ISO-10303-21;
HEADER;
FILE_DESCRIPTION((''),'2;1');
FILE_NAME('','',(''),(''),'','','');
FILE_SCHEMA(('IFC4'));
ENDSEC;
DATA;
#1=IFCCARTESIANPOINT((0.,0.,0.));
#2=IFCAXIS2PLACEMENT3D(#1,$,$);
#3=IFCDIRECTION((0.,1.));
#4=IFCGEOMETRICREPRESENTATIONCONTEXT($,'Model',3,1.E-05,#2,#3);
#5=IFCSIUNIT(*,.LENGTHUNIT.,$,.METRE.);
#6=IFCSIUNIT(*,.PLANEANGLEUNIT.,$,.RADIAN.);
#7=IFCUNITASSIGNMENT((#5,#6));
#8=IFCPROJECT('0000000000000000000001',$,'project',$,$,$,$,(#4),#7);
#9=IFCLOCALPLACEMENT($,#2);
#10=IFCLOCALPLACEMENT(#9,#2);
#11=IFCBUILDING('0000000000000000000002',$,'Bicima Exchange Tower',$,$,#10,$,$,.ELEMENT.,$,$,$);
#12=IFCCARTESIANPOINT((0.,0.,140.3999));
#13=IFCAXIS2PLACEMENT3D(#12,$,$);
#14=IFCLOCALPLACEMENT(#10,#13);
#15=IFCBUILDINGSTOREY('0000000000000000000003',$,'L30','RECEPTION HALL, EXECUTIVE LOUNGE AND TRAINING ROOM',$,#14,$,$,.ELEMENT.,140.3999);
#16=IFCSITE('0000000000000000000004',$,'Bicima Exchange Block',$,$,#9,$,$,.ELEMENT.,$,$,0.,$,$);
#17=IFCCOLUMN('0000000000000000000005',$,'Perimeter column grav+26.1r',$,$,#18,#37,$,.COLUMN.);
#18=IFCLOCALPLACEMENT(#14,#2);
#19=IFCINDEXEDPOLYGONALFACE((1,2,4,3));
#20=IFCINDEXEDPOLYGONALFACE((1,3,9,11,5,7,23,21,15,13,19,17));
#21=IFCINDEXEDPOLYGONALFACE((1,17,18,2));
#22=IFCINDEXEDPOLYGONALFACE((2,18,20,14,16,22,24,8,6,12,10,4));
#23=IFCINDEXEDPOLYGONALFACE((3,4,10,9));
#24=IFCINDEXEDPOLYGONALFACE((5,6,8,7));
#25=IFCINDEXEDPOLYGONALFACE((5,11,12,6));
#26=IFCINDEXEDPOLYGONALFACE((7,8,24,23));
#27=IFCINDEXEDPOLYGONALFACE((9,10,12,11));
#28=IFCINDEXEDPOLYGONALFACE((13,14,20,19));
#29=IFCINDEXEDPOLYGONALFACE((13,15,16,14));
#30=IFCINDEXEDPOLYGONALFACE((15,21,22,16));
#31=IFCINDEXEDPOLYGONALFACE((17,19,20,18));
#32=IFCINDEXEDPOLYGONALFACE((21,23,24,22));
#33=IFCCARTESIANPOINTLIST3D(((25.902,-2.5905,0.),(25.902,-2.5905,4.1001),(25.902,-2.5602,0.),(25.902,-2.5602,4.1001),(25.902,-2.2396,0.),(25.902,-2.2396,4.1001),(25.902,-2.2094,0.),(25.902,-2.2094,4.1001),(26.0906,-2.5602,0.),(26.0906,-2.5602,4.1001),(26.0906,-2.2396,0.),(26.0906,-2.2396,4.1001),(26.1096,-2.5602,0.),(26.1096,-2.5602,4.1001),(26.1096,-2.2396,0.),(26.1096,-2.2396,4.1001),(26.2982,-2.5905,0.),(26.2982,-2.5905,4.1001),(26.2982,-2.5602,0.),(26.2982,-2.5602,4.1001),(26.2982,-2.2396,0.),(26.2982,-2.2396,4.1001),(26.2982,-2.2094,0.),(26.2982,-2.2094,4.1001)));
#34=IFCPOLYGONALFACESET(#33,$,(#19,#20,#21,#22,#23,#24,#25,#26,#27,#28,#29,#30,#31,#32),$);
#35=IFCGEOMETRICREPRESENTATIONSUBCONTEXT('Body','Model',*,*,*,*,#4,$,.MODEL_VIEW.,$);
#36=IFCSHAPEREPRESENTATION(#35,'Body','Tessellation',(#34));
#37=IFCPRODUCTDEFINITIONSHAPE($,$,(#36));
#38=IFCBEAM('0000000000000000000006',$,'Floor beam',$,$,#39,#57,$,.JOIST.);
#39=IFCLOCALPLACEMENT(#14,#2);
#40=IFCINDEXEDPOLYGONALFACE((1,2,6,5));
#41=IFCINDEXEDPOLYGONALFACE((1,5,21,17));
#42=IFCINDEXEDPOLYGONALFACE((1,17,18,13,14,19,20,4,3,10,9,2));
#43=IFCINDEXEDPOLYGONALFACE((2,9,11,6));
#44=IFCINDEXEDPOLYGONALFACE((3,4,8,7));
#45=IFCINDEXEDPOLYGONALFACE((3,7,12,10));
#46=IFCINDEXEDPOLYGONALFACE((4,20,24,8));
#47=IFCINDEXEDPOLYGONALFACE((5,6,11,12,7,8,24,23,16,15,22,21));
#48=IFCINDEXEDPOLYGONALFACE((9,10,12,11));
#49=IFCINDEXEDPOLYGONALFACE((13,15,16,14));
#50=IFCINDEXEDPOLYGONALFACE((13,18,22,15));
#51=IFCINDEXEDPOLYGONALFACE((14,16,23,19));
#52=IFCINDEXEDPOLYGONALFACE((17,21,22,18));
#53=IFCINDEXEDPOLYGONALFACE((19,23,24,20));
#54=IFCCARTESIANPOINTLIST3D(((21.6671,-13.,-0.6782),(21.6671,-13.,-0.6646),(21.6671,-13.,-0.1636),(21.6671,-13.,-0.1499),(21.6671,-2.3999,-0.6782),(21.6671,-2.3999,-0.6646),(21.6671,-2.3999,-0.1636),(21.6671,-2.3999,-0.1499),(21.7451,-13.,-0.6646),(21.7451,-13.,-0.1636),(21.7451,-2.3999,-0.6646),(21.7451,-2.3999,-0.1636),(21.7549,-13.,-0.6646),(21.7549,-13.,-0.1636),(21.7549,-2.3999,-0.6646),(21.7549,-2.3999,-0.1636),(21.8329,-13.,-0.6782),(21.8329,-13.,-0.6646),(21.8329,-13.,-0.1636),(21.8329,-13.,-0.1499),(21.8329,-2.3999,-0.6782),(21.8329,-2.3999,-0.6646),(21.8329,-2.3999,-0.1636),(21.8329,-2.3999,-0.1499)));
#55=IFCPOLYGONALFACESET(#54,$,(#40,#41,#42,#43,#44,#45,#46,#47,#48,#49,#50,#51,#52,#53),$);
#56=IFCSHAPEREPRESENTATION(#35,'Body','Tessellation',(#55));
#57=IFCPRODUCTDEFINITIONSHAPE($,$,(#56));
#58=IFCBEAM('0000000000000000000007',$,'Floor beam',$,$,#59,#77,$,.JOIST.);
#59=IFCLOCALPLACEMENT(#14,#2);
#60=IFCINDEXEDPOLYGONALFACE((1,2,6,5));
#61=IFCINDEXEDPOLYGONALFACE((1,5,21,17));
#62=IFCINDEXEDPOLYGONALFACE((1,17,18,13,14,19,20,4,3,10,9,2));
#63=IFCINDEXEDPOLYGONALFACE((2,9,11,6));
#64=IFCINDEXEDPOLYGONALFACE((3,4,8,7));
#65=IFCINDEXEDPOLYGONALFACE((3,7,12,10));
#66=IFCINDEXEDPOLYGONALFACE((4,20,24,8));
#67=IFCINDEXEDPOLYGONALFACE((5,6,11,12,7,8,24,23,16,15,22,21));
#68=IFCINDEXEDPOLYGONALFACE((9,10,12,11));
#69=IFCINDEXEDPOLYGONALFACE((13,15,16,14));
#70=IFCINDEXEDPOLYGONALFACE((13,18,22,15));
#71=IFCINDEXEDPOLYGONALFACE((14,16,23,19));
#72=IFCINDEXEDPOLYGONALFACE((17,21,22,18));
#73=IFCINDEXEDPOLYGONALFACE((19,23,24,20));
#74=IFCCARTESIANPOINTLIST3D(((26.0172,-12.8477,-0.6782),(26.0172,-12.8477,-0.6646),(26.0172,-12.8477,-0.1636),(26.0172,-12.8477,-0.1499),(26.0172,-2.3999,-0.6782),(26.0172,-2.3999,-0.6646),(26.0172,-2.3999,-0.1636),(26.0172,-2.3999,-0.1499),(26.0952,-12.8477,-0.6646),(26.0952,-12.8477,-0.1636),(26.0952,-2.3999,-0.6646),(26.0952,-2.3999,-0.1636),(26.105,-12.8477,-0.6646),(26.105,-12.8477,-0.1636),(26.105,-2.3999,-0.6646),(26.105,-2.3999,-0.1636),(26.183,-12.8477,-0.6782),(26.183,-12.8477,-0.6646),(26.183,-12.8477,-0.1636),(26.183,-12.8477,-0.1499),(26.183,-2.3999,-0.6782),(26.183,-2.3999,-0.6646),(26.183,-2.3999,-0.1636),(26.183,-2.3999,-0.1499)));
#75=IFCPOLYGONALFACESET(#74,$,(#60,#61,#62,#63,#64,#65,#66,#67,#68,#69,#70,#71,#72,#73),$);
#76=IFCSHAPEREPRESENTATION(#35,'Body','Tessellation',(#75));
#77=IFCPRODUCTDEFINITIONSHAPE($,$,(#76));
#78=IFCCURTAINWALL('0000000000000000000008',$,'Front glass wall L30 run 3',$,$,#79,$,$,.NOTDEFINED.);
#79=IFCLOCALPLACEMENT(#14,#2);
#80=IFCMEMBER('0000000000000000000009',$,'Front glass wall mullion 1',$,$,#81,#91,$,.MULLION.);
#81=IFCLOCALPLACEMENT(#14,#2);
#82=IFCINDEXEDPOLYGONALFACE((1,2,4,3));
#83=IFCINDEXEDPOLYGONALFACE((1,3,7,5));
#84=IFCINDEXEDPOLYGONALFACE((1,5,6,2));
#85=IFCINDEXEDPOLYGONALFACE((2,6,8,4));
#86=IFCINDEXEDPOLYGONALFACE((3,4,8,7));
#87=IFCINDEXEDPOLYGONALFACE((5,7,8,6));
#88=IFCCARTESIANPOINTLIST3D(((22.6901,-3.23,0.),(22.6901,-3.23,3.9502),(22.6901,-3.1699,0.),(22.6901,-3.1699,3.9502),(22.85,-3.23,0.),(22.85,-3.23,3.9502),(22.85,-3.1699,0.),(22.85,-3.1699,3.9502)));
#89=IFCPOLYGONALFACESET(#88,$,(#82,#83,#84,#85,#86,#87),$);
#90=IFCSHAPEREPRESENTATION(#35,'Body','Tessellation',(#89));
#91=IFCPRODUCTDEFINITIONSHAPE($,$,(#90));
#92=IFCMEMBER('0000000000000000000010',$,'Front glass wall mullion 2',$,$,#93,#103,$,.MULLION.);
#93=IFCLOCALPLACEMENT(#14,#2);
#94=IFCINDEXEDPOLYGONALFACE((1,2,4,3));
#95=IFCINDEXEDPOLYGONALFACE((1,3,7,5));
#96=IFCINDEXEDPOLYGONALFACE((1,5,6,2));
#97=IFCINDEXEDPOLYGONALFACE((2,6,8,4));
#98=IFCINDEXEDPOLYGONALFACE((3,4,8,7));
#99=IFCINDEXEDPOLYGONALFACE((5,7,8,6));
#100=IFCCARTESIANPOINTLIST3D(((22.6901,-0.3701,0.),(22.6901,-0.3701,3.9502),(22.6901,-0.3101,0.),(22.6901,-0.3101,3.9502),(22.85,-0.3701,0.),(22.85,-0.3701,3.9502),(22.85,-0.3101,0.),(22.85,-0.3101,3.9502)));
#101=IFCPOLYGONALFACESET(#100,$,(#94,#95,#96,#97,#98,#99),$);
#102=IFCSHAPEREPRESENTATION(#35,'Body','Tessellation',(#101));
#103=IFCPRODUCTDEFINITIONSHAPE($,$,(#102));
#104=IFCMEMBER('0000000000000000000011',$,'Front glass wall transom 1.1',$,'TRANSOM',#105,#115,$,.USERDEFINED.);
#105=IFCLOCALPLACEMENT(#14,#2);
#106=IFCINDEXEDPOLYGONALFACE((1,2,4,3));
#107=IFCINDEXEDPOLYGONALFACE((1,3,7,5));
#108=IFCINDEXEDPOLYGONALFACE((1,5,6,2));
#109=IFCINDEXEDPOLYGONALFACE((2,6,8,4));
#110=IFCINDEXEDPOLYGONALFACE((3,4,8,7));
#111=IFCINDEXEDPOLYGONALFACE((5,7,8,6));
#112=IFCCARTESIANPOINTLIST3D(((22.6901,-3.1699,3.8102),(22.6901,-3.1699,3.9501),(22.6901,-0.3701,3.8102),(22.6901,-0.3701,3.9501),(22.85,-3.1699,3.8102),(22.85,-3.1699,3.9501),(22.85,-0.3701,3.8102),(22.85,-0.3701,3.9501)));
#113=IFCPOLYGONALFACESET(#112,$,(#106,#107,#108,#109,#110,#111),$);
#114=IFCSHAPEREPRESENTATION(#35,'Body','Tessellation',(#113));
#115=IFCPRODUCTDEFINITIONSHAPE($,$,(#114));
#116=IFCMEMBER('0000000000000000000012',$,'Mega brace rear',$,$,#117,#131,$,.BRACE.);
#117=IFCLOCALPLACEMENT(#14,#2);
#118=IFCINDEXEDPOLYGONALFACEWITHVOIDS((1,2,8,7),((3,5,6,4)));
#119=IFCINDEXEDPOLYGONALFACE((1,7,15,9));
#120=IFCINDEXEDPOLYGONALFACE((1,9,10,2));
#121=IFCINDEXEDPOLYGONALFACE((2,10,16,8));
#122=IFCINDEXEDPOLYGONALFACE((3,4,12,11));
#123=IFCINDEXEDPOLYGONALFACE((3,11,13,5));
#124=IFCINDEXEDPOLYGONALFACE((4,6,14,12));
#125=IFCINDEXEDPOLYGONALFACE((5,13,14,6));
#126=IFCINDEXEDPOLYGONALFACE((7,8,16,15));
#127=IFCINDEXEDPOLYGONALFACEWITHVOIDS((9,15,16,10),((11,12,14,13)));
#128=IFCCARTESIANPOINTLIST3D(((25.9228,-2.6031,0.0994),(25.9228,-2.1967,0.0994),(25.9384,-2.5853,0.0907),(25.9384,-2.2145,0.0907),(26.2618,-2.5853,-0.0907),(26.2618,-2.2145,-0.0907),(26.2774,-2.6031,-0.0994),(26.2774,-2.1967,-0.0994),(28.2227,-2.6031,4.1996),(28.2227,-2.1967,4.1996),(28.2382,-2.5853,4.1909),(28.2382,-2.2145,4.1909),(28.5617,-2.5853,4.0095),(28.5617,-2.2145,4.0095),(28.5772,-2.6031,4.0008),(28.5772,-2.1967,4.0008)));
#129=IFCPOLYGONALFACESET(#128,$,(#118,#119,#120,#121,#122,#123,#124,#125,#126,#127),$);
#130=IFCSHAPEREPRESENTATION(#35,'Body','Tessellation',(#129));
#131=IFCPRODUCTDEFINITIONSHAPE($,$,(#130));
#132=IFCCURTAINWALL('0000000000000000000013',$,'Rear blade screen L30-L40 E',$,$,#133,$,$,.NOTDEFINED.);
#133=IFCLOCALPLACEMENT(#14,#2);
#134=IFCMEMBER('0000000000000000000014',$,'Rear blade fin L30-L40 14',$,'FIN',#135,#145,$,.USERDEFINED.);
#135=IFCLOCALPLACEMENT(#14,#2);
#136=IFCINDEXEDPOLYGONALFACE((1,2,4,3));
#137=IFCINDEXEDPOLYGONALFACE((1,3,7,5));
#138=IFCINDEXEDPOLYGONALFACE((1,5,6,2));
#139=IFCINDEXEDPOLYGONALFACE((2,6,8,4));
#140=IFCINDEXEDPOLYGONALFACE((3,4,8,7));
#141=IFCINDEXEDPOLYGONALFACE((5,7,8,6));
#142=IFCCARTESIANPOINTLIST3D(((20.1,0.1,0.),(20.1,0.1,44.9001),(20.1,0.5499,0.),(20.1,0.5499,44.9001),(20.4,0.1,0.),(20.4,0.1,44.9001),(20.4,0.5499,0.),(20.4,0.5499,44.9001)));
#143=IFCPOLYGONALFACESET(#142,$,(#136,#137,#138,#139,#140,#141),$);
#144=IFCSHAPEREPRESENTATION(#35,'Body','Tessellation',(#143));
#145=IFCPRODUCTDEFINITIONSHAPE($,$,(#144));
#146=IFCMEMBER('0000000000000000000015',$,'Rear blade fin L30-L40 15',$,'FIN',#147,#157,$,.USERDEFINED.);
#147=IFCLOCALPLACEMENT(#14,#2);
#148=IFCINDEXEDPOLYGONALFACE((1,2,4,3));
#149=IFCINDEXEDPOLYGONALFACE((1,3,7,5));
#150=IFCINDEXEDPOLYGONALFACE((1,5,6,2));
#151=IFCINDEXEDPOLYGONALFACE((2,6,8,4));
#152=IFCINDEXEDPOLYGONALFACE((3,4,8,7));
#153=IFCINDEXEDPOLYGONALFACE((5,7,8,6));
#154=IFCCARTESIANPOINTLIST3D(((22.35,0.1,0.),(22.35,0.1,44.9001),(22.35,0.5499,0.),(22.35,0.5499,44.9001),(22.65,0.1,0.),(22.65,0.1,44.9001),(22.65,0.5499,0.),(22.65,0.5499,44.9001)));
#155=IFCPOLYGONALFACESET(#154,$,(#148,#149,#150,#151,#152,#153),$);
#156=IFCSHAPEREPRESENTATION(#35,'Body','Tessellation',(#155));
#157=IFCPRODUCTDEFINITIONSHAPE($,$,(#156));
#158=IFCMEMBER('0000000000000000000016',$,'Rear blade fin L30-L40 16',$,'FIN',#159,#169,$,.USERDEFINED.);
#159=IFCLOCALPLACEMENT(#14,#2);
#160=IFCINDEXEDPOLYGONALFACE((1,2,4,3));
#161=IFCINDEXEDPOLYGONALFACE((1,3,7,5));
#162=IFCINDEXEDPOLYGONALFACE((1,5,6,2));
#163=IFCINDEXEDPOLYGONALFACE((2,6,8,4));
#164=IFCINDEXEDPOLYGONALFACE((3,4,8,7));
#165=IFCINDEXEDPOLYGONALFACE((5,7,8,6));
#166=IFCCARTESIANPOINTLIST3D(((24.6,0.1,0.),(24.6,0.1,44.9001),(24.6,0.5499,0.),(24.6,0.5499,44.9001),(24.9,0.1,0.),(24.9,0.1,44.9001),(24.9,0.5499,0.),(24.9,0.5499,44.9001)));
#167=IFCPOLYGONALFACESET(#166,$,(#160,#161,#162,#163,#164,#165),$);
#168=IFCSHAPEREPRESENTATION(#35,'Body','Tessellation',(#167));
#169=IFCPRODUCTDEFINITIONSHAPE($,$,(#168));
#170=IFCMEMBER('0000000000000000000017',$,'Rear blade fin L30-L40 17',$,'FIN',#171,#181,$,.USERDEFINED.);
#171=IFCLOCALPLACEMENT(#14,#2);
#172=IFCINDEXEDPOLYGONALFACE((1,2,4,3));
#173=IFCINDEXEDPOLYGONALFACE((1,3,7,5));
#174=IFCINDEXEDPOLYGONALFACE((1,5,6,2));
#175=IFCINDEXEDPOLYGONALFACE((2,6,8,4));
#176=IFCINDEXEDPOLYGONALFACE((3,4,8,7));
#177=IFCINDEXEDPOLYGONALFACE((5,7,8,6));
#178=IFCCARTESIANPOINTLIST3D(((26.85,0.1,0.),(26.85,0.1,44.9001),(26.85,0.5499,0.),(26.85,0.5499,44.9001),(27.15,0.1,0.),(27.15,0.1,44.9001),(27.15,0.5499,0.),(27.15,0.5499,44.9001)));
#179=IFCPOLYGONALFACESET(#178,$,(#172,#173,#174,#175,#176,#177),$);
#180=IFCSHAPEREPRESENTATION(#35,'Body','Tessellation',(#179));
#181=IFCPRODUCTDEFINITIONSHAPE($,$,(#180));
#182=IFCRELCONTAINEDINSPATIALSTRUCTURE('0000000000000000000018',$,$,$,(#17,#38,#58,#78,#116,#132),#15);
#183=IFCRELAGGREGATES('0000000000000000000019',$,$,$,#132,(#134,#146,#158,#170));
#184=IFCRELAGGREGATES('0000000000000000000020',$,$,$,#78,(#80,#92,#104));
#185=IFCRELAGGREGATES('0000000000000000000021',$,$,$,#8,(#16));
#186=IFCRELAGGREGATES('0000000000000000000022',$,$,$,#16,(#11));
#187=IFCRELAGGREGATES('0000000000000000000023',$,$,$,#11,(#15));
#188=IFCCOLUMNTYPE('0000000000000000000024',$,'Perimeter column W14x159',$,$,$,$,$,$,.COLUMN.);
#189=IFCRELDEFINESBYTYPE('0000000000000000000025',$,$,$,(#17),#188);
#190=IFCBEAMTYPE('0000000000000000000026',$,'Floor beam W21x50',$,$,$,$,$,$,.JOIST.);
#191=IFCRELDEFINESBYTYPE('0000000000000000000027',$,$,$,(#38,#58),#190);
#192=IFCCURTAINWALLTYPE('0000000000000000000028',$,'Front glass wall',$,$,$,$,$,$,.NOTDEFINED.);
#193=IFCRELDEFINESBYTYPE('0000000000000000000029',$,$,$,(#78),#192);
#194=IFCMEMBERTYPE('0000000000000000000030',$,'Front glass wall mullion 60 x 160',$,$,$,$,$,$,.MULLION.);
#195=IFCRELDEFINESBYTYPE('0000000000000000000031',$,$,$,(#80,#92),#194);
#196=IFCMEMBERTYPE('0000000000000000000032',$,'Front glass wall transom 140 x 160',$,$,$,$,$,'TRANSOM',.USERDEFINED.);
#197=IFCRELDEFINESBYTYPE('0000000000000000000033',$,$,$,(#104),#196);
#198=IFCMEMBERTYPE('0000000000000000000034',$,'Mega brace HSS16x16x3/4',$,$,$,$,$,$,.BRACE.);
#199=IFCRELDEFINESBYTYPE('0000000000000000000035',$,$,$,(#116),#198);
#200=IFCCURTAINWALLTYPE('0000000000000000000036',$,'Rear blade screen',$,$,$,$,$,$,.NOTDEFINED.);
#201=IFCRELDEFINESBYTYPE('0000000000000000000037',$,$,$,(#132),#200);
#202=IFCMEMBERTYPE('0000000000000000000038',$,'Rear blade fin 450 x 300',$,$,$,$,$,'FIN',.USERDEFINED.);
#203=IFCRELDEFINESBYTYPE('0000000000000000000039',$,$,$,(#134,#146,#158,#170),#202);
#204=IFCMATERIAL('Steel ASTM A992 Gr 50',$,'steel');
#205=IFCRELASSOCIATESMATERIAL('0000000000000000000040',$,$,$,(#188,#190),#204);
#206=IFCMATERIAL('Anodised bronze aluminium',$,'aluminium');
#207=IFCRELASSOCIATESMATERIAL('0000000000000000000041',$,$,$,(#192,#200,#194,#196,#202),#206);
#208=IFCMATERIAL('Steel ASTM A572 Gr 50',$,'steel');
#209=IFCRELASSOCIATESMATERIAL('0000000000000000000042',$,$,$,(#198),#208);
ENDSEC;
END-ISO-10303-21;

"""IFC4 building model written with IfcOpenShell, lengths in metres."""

from ifc_helpers import new_model, si_unit, direction, frame, origin, origin_2d, place, context, subcontext, project, spatial, rectangle, hollow_rectangle, i_section, extrude, material, material_profile, profile_set, type_object, element, aggregate, save


model = new_model("IFC4")

# Units and contexts
model_context = context("Model", 3, precision=1e-05, world=origin(), true_north=direction((0.0, 1.0)))
body_context = subcontext(model_context, "Body", "Model", "MODEL_VIEW")
ifc_project = project(units=[si_unit("LENGTHUNIT", "METRE"), si_unit("PLANEANGLEUNIT", "RADIAN")], contexts=[model_context])

# Site, building, storey
site_placement = place(None, origin())
site = spatial("IfcSite", under=ifc_project, at=site_placement, Name="Bicima Exchange Block", CompositionType="ELEMENT", RefElevation=0.0)
building_placement = place(site_placement, origin())
building = spatial("IfcBuilding", under=site, at=building_placement, Name="Bicima Exchange Tower", CompositionType="ELEMENT")
storey_placement = place(building_placement, frame((0.0, 0.0, 140.3999)))
storey = spatial("IfcBuildingStorey", under=building, at=storey_placement, Name="L30", Description="RECEPTION HALL, EXECUTIVE LOUNGE AND TRAINING ROOM", CompositionType="ELEMENT", Elevation=140.3999)

# Column
ifc_material_1 = material(Name="Steel ASTM A992 Gr 50", Category="steel")
ifc_material_profile_1 = material_profile(ifc_material_1, i_section(OverallWidth=0.3962, OverallDepth=0.3811, WebThickness=0.019, FlangeThickness=0.0303, at=origin_2d()))
ifc_profile_set_1 = profile_set([ifc_material_profile_1], Name="Steel ASTM A992 Gr 50")
column_type = type_object("IfcColumnType", Name="Perimeter column W14x159", PredefinedType="COLUMN", material=ifc_profile_set_1)
column_placement = place(storey_placement, frame((26.1001, -2.3999, 0.0), z_axis=(0.0, 0.0, 1.0), x_axis=(1.0, 0.0, 0.0)))
element("IfcColumn", 1, at=column_placement, inside=storey, type_object=column_type, Name="Perimeter column grav+26.1r", PredefinedType="COLUMN", context=body_context, shape_type="SweptSolid", body=[
    extrude(i_section(OverallWidth=0.3962, OverallDepth=0.3811, WebThickness=0.019, FlangeThickness=0.0303, at=origin_2d()), origin(), (0.0, 0.0, 1.0), 4.1001),
])

# Beams
ifc_material_profile_2 = material_profile(ifc_material_1, i_section(OverallWidth=0.1658, OverallDepth=0.5283, WebThickness=0.0098, FlangeThickness=0.0137, at=origin_2d()))
ifc_profile_set_2 = profile_set([ifc_material_profile_2], Name="Steel ASTM A992 Gr 50")
beam_type = type_object("IfcBeamType", Name="Floor beam W21x50", PredefinedType="JOIST", material=ifc_profile_set_2)
beam_1_placement = place(storey_placement, frame((21.75, -2.3999, -0.4141), z_axis=(0.0, -1.0, 0.0), x_axis=(1.0, 0.0, 0.0)))
element("IfcBeam", 2, at=beam_1_placement, inside=storey, type_object=beam_type, Name="Floor beam", PredefinedType="JOIST", context=body_context, shape_type="SweptSolid", body=[
    extrude(i_section(OverallWidth=0.1658, OverallDepth=0.5283, WebThickness=0.0098, FlangeThickness=0.0137, at=origin_2d()), origin(), (0.0, 0.0, 1.0), 10.6001),
])
beam_2_placement = place(storey_placement, frame((26.1001, -2.3999, -0.4141), z_axis=(0.0, -1.0, 0.0), x_axis=(1.0, 0.0, 0.0)))
element("IfcBeam", 3, at=beam_2_placement, inside=storey, type_object=beam_type, Name="Floor beam", PredefinedType="JOIST", context=body_context, shape_type="SweptSolid", body=[
    extrude(i_section(OverallWidth=0.1658, OverallDepth=0.5283, WebThickness=0.0098, FlangeThickness=0.0137, at=origin_2d()), origin(), (0.0, 0.0, 1.0), 10.4478),
])

# Curtain wall, members
ifc_material_2 = material(Name="Anodised bronze aluminium", Category="aluminium")
curtain_wall_type_1 = type_object("IfcCurtainWallType", Name="Front glass wall", PredefinedType="NOTDEFINED", material=ifc_material_2)
curtain_wall_1_placement = place(storey_placement, origin())
curtain_wall_1 = element("IfcCurtainWall", 4, at=curtain_wall_1_placement, inside=storey, type_object=curtain_wall_type_1, Name="Front glass wall L30 run 3", PredefinedType="NOTDEFINED")
ifc_material_profile_3 = material_profile(ifc_material_2, rectangle(XDim=0.1599, YDim=0.0601, at=origin_2d()))
ifc_profile_set_3 = profile_set([ifc_material_profile_3], Name="Anodised bronze aluminium")
member_type_1 = type_object("IfcMemberType", Name="Front glass wall mullion 60 x 160", PredefinedType="MULLION", material=ifc_profile_set_3)
member_1_placement = place(storey_placement, frame((22.77, -3.2, 0.0), z_axis=(0.0, 0.0, 1.0), x_axis=(-1.0, 0.0, 0.0)))
member_1 = element("IfcMember", 5, at=member_1_placement, type_object=member_type_1, Name="Front glass wall mullion 1", PredefinedType="MULLION", context=body_context, shape_type="SweptSolid", body=[
    extrude(rectangle(XDim=0.1599, YDim=0.0601, at=origin_2d()), origin(), (0.0, 0.0, 1.0), 3.9502),
])
member_2_placement = place(storey_placement, frame((22.77, -0.3401, 0.0), z_axis=(0.0, 0.0, 1.0), x_axis=(-1.0, 0.0, 0.0)))
member_2 = element("IfcMember", 6, at=member_2_placement, type_object=member_type_1, Name="Front glass wall mullion 2", PredefinedType="MULLION", context=body_context, shape_type="SweptSolid", body=[
    extrude(rectangle(XDim=0.1599, YDim=0.0601, at=origin_2d()), origin(), (0.0, 0.0, 1.0), 3.9502),
])
ifc_material_profile_4 = material_profile(ifc_material_2, rectangle(XDim=0.1599, YDim=0.1399, at=origin_2d()))
ifc_profile_set_4 = profile_set([ifc_material_profile_4], Name="Anodised bronze aluminium")
member_type_2 = type_object("IfcMemberType", Name="Front glass wall transom 140 x 160", ElementType="TRANSOM", PredefinedType="USERDEFINED", material=ifc_profile_set_4)
member_3_placement = place(storey_placement, frame((22.77, -3.1699, 3.8801), z_axis=(0.0, 1.0, 0.0), x_axis=(-1.0, 0.0, 0.0)))
member_3 = element("IfcMember", 7, at=member_3_placement, type_object=member_type_2, Name="Front glass wall transom 1.1", ObjectType="TRANSOM", PredefinedType="USERDEFINED", context=body_context, shape_type="SweptSolid", body=[
    extrude(rectangle(XDim=0.1599, YDim=0.1399, at=origin_2d()), origin(), (0.0, 0.0, 1.0), 2.7998),
])

# Member
ifc_material_3 = material(Name="Steel ASTM A572 Gr 50", Category="steel")
ifc_material_profile_5 = material_profile(ifc_material_3, hollow_rectangle(XDim=0.4065, YDim=0.4065, WallThickness=0.0178, at=origin_2d()))
ifc_profile_set_5 = profile_set([ifc_material_profile_5], Name="Steel ASTM A572 Gr 50")
member_type_3 = type_object("IfcMemberType", Name="Mega brace HSS16x16x3/4", PredefinedType="BRACE", material=ifc_profile_set_5)
member_4_placement = place(storey_placement, frame((26.1001, -2.3999, 0.0), z_axis=(0.489211, 0.0, 0.872166), x_axis=(0.0, 1.0, 0.0)))
element("IfcMember", 8, at=member_4_placement, inside=storey, type_object=member_type_3, Name="Mega brace rear", PredefinedType="BRACE", context=body_context, shape_type="SweptSolid", body=[
    extrude(hollow_rectangle(XDim=0.4065, YDim=0.4065, WallThickness=0.0178, at=origin_2d()), origin(), (0.0, 0.0, 1.0), 4.7012),
])

# Curtain wall, members
curtain_wall_type_2 = type_object("IfcCurtainWallType", Name="Rear blade screen", PredefinedType="NOTDEFINED", material=ifc_material_2)
curtain_wall_2_placement = place(storey_placement, origin())
curtain_wall_2 = element("IfcCurtainWall", 9, at=curtain_wall_2_placement, inside=storey, type_object=curtain_wall_type_2, Name="Rear blade screen L30-L40 E", PredefinedType="NOTDEFINED")
ifc_material_profile_6 = material_profile(ifc_material_2, rectangle(XDim=0.45, YDim=0.3, at=origin_2d()))
ifc_profile_set_6 = profile_set([ifc_material_profile_6], Name="Anodised bronze aluminium")
member_type_4 = type_object("IfcMemberType", Name="Rear blade fin 450 x 300", ElementType="FIN", PredefinedType="USERDEFINED", material=ifc_profile_set_6)
member_5_placement = place(storey_placement, frame((20.25, 0.325, 0.0), z_axis=(0.0, 0.0, 1.0), x_axis=(0.0, 1.0, 0.0)))
member_5 = element("IfcMember", 10, at=member_5_placement, type_object=member_type_4, Name="Rear blade fin L30-L40 14", ObjectType="FIN", PredefinedType="USERDEFINED", context=body_context, shape_type="SweptSolid", body=[
    extrude(rectangle(XDim=0.45, YDim=0.3, at=origin_2d()), origin(), (0.0, 0.0, 1.0), 44.9001),
])
member_6_placement = place(storey_placement, frame((22.5, 0.325, 0.0), z_axis=(0.0, 0.0, 1.0), x_axis=(0.0, 1.0, 0.0)))
member_6 = element("IfcMember", 11, at=member_6_placement, type_object=member_type_4, Name="Rear blade fin L30-L40 15", ObjectType="FIN", PredefinedType="USERDEFINED", context=body_context, shape_type="SweptSolid", body=[
    extrude(rectangle(XDim=0.45, YDim=0.3, at=origin_2d()), origin(), (0.0, 0.0, 1.0), 44.9001),
])
member_7_placement = place(storey_placement, frame((24.75, 0.325, 0.0), z_axis=(0.0, 0.0, 1.0), x_axis=(0.0, 1.0, 0.0)))
member_7 = element("IfcMember", 12, at=member_7_placement, type_object=member_type_4, Name="Rear blade fin L30-L40 16", ObjectType="FIN", PredefinedType="USERDEFINED", context=body_context, shape_type="SweptSolid", body=[
    extrude(rectangle(XDim=0.45, YDim=0.3, at=origin_2d()), origin(), (0.0, 0.0, 1.0), 44.9001),
])
member_8_placement = place(storey_placement, frame((27.0, 0.325, 0.0), z_axis=(0.0, 0.0, 1.0), x_axis=(0.0, 1.0, 0.0)))
member_8 = element("IfcMember", 13, at=member_8_placement, type_object=member_type_4, Name="Rear blade fin L30-L40 17", ObjectType="FIN", PredefinedType="USERDEFINED", context=body_context, shape_type="SweptSolid", body=[
    extrude(rectangle(XDim=0.45, YDim=0.3, at=origin_2d()), origin(), (0.0, 0.0, 1.0), 44.9001),
])
aggregate(curtain_wall_2, [member_5, member_6, member_7, member_8])

aggregate(curtain_wall_1, [member_1, member_2, member_3])

save(model, "model.ifc")
